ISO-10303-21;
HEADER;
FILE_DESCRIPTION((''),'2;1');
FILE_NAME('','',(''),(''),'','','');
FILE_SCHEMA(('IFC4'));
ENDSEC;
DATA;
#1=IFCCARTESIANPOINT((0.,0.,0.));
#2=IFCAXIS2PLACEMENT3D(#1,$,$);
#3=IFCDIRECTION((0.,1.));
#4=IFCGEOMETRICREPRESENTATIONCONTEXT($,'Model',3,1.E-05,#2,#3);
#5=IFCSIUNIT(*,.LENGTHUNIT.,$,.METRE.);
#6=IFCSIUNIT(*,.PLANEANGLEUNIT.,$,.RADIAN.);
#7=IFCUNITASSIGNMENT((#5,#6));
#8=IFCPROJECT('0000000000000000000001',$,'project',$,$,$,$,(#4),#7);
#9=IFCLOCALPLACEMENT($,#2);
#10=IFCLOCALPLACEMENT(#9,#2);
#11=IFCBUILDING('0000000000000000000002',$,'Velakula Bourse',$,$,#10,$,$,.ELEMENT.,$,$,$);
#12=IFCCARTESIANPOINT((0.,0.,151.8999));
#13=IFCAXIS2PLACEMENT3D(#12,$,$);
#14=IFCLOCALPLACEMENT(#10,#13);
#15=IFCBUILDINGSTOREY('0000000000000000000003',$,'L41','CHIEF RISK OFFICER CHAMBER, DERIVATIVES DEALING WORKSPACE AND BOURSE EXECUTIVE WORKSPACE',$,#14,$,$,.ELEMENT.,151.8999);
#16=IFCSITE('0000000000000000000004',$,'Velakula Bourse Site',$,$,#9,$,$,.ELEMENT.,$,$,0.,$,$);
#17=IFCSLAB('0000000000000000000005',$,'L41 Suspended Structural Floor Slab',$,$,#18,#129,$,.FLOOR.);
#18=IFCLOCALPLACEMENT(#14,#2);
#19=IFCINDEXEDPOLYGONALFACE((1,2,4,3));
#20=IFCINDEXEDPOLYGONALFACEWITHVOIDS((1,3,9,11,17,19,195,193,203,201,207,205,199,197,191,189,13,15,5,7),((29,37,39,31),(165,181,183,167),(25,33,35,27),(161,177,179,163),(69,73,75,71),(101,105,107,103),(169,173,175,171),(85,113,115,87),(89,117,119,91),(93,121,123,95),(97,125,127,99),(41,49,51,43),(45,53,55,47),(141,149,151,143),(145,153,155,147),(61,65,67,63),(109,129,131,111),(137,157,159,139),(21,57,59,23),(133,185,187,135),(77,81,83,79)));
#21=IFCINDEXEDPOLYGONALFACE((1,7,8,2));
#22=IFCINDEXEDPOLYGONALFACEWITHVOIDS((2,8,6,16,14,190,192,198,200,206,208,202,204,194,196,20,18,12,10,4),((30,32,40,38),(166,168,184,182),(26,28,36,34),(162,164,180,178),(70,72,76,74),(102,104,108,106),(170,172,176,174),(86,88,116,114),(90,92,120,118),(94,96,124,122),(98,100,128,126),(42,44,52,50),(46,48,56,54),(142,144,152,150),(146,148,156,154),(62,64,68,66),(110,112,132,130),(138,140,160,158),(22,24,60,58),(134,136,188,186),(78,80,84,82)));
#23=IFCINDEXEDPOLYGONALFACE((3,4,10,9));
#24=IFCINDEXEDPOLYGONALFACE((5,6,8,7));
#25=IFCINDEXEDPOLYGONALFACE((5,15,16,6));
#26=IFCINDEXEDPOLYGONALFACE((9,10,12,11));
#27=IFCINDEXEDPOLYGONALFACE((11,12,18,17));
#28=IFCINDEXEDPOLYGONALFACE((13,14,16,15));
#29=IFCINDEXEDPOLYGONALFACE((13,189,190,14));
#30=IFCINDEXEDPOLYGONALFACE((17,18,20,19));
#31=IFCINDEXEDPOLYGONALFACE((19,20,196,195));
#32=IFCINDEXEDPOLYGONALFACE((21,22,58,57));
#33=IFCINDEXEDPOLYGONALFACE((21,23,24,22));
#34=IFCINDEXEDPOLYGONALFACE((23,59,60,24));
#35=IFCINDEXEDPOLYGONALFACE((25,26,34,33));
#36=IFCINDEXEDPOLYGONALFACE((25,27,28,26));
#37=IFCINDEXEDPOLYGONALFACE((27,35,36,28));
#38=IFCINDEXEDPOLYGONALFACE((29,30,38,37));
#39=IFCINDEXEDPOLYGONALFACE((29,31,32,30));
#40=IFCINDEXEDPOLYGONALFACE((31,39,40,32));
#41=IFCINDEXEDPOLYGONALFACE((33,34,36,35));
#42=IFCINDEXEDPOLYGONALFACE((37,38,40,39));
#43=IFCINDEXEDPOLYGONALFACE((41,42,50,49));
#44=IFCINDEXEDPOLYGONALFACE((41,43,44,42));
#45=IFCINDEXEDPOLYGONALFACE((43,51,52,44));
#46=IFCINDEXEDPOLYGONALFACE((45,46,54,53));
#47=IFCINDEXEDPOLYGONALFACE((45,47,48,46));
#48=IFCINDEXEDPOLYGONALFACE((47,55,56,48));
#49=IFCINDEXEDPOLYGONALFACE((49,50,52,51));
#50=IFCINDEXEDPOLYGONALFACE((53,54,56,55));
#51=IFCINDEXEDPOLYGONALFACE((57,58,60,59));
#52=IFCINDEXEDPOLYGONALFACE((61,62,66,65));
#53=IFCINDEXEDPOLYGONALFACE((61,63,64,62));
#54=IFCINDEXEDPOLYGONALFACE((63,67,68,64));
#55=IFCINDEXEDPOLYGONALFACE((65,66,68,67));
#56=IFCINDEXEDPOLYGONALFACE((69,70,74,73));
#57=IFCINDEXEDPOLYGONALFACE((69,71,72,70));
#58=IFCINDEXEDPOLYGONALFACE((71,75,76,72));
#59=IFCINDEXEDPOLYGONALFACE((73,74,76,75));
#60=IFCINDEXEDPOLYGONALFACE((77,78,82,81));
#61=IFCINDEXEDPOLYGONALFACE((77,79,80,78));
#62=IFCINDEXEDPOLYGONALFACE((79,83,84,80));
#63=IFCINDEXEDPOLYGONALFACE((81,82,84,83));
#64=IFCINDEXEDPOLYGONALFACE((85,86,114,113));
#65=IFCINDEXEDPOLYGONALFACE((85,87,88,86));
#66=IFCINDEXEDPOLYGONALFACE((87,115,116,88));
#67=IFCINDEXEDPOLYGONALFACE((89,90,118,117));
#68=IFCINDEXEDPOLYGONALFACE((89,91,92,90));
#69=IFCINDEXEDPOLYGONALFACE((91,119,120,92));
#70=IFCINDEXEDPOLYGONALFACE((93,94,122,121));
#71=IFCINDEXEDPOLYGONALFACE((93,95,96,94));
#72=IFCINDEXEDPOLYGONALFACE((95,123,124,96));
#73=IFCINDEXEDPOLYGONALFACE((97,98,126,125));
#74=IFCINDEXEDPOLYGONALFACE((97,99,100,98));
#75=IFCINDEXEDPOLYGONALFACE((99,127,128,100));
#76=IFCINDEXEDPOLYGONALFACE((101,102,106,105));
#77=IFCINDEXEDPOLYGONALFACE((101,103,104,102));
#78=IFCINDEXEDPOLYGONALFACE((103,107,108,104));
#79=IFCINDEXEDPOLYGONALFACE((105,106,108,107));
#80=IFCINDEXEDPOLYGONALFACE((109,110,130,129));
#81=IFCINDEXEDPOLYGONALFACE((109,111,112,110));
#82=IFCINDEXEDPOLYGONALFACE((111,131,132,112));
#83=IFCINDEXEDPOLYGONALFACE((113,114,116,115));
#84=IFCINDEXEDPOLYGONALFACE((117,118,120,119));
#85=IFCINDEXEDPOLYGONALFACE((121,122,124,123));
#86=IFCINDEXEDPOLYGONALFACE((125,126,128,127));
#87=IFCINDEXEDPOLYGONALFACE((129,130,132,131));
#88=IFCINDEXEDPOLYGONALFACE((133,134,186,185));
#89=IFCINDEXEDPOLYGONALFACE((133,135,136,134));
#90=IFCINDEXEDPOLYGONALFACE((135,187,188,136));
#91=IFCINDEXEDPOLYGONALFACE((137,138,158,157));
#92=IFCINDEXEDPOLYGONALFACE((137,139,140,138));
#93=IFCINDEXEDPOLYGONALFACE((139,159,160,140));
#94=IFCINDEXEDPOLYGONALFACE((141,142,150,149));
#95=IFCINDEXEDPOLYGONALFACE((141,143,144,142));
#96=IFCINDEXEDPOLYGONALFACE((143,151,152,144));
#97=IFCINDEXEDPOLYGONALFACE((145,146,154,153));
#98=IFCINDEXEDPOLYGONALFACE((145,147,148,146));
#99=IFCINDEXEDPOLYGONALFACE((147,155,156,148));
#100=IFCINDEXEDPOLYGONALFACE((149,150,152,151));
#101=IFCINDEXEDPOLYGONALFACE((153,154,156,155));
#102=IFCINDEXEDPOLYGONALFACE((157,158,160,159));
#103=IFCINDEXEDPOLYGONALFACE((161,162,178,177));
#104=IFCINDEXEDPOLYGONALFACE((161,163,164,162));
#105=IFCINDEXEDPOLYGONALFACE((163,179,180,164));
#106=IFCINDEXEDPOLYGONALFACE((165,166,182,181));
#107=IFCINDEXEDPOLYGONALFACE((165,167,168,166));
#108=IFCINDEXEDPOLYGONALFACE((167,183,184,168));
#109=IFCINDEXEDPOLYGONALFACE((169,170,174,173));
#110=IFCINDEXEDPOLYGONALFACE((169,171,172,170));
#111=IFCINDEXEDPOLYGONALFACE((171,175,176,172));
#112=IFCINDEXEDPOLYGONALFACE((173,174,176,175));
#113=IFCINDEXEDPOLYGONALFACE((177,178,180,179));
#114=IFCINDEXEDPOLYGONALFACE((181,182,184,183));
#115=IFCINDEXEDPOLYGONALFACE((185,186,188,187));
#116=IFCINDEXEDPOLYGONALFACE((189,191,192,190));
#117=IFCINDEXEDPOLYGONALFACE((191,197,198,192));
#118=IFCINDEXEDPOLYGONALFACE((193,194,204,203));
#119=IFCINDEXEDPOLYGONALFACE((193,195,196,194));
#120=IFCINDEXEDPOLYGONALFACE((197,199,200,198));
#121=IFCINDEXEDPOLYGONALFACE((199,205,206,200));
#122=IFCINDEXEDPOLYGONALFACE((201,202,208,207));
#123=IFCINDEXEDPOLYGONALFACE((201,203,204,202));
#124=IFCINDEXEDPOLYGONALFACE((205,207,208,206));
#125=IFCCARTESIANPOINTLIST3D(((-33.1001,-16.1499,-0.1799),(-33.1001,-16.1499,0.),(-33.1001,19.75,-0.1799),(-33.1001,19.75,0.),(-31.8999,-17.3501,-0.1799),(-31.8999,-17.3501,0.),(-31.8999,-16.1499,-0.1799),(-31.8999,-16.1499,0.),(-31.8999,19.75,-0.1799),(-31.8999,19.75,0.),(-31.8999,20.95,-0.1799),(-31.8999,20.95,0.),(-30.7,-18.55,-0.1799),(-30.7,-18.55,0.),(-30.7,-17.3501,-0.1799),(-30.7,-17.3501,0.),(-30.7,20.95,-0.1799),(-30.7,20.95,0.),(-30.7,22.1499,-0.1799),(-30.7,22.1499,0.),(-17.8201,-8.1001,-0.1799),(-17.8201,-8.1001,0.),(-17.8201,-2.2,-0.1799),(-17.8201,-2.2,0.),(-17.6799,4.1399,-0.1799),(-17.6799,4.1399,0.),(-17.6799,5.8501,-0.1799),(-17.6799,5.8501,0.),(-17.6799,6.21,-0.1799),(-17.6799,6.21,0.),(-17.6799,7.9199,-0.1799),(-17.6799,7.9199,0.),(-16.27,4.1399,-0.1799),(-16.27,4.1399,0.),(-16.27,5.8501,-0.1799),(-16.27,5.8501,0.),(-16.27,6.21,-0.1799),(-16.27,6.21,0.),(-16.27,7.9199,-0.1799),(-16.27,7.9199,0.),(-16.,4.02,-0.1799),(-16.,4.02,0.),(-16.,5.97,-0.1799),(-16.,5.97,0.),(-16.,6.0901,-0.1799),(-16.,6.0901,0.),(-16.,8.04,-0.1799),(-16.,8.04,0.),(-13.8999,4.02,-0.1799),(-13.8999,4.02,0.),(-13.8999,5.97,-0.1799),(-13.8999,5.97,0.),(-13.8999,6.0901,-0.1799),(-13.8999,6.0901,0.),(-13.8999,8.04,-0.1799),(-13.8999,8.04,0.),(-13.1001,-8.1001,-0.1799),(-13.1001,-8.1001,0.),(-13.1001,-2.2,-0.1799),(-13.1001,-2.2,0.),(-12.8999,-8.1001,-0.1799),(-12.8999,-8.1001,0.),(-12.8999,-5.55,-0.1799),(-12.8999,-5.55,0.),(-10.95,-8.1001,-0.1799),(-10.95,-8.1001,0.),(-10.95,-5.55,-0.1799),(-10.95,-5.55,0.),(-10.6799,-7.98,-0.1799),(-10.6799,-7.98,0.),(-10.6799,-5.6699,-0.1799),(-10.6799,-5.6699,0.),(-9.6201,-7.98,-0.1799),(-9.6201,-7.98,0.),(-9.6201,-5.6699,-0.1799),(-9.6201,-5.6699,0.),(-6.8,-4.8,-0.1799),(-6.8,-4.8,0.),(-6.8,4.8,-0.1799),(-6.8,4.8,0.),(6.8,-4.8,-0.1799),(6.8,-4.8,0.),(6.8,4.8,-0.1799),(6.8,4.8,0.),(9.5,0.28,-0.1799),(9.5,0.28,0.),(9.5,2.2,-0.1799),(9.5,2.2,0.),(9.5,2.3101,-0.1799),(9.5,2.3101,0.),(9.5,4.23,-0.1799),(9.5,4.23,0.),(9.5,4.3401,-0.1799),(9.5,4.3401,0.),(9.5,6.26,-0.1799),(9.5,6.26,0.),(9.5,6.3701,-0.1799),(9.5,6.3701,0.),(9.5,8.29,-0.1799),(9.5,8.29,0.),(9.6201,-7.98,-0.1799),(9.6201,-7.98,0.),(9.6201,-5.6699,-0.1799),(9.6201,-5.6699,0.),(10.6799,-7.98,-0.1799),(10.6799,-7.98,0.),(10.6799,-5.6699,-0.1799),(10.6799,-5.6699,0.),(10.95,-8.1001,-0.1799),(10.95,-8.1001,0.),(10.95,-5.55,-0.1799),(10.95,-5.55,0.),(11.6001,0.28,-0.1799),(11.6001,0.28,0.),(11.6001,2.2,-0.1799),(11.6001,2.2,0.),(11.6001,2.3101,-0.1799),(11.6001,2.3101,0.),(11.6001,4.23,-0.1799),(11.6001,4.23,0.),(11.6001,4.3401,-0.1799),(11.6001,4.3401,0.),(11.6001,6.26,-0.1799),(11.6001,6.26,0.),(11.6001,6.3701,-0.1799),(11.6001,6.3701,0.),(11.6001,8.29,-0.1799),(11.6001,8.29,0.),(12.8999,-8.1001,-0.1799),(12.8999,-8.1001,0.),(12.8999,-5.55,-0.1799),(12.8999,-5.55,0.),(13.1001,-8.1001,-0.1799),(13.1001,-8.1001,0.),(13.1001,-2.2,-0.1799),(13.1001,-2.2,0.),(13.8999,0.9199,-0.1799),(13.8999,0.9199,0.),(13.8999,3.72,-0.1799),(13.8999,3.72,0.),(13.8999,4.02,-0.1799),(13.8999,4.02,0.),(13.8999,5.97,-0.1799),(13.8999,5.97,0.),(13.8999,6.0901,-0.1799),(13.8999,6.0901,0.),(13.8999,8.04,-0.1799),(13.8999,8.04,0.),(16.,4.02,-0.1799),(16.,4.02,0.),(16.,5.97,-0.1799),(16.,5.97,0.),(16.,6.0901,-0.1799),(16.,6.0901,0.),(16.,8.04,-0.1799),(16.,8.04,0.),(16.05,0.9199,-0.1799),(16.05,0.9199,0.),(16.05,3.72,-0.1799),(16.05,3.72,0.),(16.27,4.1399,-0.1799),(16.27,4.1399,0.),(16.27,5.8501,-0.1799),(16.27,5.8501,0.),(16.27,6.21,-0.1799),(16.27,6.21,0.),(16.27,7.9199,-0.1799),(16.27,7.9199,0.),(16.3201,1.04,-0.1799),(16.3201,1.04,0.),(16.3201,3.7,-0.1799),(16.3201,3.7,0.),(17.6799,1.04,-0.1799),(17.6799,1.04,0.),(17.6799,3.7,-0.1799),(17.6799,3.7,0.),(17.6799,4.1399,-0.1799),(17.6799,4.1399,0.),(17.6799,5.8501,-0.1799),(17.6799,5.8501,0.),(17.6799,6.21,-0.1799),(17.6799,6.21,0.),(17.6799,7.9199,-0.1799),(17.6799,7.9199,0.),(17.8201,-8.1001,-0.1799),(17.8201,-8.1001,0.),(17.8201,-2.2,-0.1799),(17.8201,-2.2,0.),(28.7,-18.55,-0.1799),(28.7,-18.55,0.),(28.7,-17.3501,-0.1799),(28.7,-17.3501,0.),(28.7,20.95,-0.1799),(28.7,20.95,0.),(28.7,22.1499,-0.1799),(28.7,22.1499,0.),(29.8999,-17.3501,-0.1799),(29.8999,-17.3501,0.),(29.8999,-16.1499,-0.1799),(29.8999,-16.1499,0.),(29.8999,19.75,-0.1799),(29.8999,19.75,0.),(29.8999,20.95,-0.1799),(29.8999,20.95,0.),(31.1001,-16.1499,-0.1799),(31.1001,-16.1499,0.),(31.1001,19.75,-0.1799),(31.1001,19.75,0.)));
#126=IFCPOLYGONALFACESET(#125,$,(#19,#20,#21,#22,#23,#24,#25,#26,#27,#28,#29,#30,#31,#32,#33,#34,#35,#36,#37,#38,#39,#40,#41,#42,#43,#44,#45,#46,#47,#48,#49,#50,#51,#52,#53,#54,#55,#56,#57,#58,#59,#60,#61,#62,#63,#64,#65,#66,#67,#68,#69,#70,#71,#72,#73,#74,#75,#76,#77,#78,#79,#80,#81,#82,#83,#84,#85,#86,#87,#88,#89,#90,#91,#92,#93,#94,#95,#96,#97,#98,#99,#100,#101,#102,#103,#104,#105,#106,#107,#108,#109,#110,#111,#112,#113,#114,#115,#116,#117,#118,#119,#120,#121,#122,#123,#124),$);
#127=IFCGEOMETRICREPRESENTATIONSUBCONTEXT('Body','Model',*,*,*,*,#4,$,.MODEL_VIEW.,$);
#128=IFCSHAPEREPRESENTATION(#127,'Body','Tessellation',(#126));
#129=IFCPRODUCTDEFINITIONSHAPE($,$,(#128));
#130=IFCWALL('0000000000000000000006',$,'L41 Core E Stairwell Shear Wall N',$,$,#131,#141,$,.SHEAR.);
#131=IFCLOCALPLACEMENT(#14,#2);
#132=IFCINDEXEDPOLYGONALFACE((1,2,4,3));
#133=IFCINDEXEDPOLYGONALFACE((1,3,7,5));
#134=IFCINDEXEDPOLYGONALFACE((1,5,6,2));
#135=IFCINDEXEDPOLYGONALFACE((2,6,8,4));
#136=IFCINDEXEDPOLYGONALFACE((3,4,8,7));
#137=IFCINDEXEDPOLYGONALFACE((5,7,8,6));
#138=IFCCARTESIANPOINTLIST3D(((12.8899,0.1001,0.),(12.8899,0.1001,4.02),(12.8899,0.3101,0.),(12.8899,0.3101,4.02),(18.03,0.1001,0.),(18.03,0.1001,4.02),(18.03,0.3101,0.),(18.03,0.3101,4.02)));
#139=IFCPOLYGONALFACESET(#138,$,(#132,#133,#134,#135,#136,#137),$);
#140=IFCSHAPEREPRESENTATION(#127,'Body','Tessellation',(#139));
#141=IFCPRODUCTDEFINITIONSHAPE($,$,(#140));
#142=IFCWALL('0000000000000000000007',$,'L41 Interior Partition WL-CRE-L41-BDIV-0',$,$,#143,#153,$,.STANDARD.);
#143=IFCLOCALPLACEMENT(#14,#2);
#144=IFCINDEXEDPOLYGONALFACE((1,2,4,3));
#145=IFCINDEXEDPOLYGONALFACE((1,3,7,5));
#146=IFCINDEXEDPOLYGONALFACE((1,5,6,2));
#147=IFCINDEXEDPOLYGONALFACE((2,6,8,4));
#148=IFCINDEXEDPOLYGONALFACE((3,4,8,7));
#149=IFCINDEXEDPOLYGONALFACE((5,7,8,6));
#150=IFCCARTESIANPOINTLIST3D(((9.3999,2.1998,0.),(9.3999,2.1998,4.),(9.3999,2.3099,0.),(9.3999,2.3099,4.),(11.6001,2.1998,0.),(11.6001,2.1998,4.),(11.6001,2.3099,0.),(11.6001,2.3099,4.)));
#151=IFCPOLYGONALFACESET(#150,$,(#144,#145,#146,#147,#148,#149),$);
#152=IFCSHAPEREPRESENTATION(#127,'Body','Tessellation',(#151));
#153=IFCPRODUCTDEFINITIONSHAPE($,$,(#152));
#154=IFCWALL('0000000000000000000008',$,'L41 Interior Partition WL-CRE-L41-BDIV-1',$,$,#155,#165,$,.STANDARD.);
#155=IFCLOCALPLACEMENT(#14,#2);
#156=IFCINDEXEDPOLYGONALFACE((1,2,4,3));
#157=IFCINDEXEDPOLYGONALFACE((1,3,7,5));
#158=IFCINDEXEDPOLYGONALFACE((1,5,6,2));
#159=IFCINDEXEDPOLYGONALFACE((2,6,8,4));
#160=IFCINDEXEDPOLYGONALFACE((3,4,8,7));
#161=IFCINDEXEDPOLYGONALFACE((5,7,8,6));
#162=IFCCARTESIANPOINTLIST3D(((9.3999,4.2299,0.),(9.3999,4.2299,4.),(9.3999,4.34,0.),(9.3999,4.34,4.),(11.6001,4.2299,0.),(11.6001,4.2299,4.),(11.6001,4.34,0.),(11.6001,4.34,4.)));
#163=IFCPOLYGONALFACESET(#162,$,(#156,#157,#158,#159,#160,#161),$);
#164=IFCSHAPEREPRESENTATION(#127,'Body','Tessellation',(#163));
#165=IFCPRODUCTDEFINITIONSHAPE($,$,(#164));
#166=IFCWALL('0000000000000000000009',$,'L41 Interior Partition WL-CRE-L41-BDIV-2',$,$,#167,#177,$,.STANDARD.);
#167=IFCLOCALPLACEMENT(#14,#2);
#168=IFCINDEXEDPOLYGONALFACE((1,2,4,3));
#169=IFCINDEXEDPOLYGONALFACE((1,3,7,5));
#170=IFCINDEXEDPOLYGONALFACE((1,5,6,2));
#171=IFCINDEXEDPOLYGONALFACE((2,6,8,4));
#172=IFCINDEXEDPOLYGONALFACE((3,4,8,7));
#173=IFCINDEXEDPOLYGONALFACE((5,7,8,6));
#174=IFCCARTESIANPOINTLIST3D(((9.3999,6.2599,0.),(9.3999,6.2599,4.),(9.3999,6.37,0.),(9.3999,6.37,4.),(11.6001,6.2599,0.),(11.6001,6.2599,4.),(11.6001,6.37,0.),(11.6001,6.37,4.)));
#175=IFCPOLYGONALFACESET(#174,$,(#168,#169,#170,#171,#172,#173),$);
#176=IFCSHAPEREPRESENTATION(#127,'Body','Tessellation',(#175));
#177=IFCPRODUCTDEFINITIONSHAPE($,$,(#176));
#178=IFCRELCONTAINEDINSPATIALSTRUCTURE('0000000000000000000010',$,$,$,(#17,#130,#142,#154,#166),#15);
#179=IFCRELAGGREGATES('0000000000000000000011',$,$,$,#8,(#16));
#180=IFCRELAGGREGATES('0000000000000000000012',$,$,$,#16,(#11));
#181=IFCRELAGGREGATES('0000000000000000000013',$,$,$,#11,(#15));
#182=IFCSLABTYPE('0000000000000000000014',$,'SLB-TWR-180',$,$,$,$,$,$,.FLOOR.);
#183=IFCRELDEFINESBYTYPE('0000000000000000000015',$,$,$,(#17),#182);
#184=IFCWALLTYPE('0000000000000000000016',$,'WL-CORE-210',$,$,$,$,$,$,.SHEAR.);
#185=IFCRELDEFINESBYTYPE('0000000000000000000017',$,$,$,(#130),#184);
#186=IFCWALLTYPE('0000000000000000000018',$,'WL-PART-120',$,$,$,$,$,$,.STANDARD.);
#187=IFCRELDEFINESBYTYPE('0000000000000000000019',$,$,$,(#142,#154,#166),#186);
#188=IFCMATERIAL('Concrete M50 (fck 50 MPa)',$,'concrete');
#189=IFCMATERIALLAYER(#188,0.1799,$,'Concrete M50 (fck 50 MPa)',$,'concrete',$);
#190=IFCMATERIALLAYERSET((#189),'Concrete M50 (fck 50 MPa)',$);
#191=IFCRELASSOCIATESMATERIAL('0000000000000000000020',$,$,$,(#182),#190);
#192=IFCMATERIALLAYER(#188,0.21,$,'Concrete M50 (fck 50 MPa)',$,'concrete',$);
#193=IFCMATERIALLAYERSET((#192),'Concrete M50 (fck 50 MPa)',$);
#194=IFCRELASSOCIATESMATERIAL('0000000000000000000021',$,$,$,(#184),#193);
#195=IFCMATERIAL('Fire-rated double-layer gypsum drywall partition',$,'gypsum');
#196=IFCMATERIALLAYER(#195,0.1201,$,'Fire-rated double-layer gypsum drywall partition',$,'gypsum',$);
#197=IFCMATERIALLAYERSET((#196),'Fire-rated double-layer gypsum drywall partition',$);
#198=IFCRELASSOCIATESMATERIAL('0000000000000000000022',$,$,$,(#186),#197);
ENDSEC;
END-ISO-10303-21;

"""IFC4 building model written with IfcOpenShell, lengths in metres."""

from ifc_helpers import new_model, si_unit, direction, frame, frame_2d, origin, place, context, subcontext, project, spatial, polyline, rectangle, outline, extrude, material, layer, layer_set, type_object, element, save


model = new_model("IFC4")

# Units and contexts
model_context = context("Model", 3, precision=1e-05, world=origin(), true_north=direction((0.0, 1.0)))
body_context = subcontext(model_context, "Body", "Model", "MODEL_VIEW")
ifc_project = project(units=[si_unit("LENGTHUNIT", "METRE"), si_unit("PLANEANGLEUNIT", "RADIAN")], contexts=[model_context])

# Site, building, storey
site_placement = place(None, origin())
site = spatial("IfcSite", under=ifc_project, at=site_placement, Name="Velakula Bourse Site", CompositionType="ELEMENT", RefElevation=0.0)
building_placement = place(site_placement, origin())
building = spatial("IfcBuilding", under=site, at=building_placement, Name="Velakula Bourse", CompositionType="ELEMENT")
storey_placement = place(building_placement, frame((0.0, 0.0, 151.8999)))
storey = spatial("IfcBuildingStorey", under=building, at=storey_placement, Name="L41", Description="CHIEF RISK OFFICER CHAMBER, DERIVATIVES DEALING WORKSPACE AND BOURSE EXECUTIVE WORKSPACE", CompositionType="ELEMENT", Elevation=151.8999)

# Slab
ifc_material_1 = material(Name="Concrete M50 (fck 50 MPa)", Category="concrete")
ifc_layer_1 = layer(ifc_material_1, 0.1799, Name="Concrete M50 (fck 50 MPa)", Category="concrete")
ifc_layer_set_1 = layer_set([ifc_layer_1], Name="Concrete M50 (fck 50 MPa)")
slab_type_1 = type_object("IfcSlabType", Name="SLB-TWR-180", PredefinedType="FLOOR", material=ifc_layer_set_1)
slab_1_placement = place(storey_placement, frame((0.0, 0.0, -0.1799)))
element("IfcSlab", 1, at=slab_1_placement, inside=storey, type_object=slab_type_1, Name="L41 Suspended Structural Floor Slab", PredefinedType="FLOOR", context=body_context, shape_type="SweptSolid", body=[
    extrude(outline(polyline([(-30.7, -18.55), (28.7, -18.55), (28.7, -17.3501), (29.8999, -17.3501), (29.8999, -16.1499), (31.1001, -16.1499), (31.1001, 19.75), (29.8999, 19.75), (29.8999, 20.95), (28.7, 20.95), (28.7, 22.1499), (-30.7, 22.1499), (-30.7, 20.95), (-31.8999, 20.95), (-31.8999, 19.75), (-33.1001, 19.75), (-33.1001, -16.1499), (-31.8999, -16.1499), (-31.8999, -17.3501), (-30.7, -17.3501), (-30.7, -18.55)]), holes=[polyline([(-17.8201, -8.1001), (-13.1001, -8.1001), (-13.1001, -2.2), (-17.8201, -2.2), (-17.8201, -8.1001)]), polyline([(13.1001, -8.1001), (17.8201, -8.1001), (17.8201, -2.2), (13.1001, -2.2), (13.1001, -8.1001)]), polyline([(-12.8999, -8.1001), (-10.95, -8.1001), (-10.95, -5.55), (-12.8999, -5.55), (-12.8999, -8.1001)]), polyline([(10.95, -8.1001), (12.8999, -8.1001), (12.8999, -5.55), (10.95, -5.55), (10.95, -8.1001)]), polyline([(13.8999, 0.9199), (16.05, 0.9199), (16.05, 3.72), (13.8999, 3.72), (13.8999, 0.9199)]), polyline([(-10.6799, -7.98), (-9.6201, -7.98), (-9.6201, -5.6699), (-10.6799, -5.6699), (-10.6799, -7.98)]), polyline([(-17.6799, 4.1399), (-16.27, 4.1399), (-16.27, 5.8501), (-17.6799, 5.8501), (-17.6799, 4.1399)]), polyline([(-17.6799, 6.21), (-16.27, 6.21), (-16.27, 7.9199), (-17.6799, 7.9199), (-17.6799, 6.21)]), polyline([(9.6201, -7.98), (10.6799, -7.98), (10.6799, -5.6699), (9.6201, -5.6699), (9.6201, -7.98)]), polyline([(16.27, 4.1399), (17.6799, 4.1399), (17.6799, 5.8501), (16.27, 5.8501), (16.27, 4.1399)]), polyline([(16.27, 6.21), (17.6799, 6.21), (17.6799, 7.9199), (16.27, 7.9199), (16.27, 6.21)]), polyline([(16.3201, 1.04), (17.6799, 1.04), (17.6799, 3.7), (16.3201, 3.7), (16.3201, 1.04)]), polyline([(9.5, 0.28), (11.6001, 0.28), (11.6001, 2.2), (9.5, 2.2), (9.5, 0.28)]), polyline([(9.5, 2.3101), (11.6001, 2.3101), (11.6001, 4.23), (9.5, 4.23), (9.5, 2.3101)]), polyline([(9.5, 4.3401), (11.6001, 4.3401), (11.6001, 6.26), (9.5, 6.26), (9.5, 4.3401)]), polyline([(9.5, 6.3701), (11.6001, 6.3701), (11.6001, 8.29), (9.5, 8.29), (9.5, 6.3701)]), polyline([(-16.0, 4.02), (-13.8999, 4.02), (-13.8999, 5.97), (-16.0, 5.97), (-16.0, 4.02)]), polyline([(-16.0, 6.0901), (-13.8999, 6.0901), (-13.8999, 8.04), (-16.0, 8.04), (-16.0, 6.0901)]), polyline([(13.8999, 4.02), (16.0, 4.02), (16.0, 5.97), (13.8999, 5.97), (13.8999, 4.02)]), polyline([(13.8999, 6.0901), (16.0, 6.0901), (16.0, 8.04), (13.8999, 8.04), (13.8999, 6.0901)]), polyline([(-6.8, -4.8), (6.8, -4.8), (6.8, 4.8), (-6.8, 4.8), (-6.8, -4.8)])]), origin(), (0.0, 0.0, 1.0), 0.1799),
])

# Walls
ifc_layer_2 = layer(ifc_material_1, 0.21, Name="Concrete M50 (fck 50 MPa)", Category="concrete")
ifc_layer_set_2 = layer_set([ifc_layer_2], Name="Concrete M50 (fck 50 MPa)")
wall_type_1 = type_object("IfcWallType", Name="WL-CORE-210", PredefinedType="SHEAR", material=ifc_layer_set_2)
wall_1_placement = place(storey_placement, frame((18.03, 0.2051, 0.0), z_axis=(0.0, 0.0, 1.0), x_axis=(-1.0, 0.0, 0.0)))
element("IfcWall", 2, at=wall_1_placement, inside=storey, type_object=wall_type_1, Name="L41 Core E Stairwell Shear Wall N", PredefinedType="SHEAR", context=body_context, shape_type="SweptSolid", body=[
    extrude(rectangle(XDim=5.1401, YDim=0.21, at=frame_2d((2.5701, 0.0))), origin(), (0.0, 0.0, 1.0), 4.02),
])
ifc_material_2 = material(Name="Fire-rated double-layer gypsum drywall partition", Category="gypsum")
ifc_layer_3 = layer(ifc_material_2, 0.1201, Name="Fire-rated double-layer gypsum drywall partition", Category="gypsum")
ifc_layer_set_3 = layer_set([ifc_layer_3], Name="Fire-rated double-layer gypsum drywall partition")
wall_type_2 = type_object("IfcWallType", Name="WL-PART-120", PredefinedType="STANDARD", material=ifc_layer_set_3)
for number, where, z_axis, x_axis, name in (
    (3, (9.3999, 2.2549, 0.0), (0.0, 0.0, 1.0), (1.0, 0.0, 0.0), "L41 Interior Partition WL-CRE-L41-BDIV-0"),
    (4, (9.3999, 4.2849, 0.0), (0.0, 0.0, 1.0), (1.0, 0.0, 0.0), "L41 Interior Partition WL-CRE-L41-BDIV-1"),
    (5, (9.3999, 6.3149, 0.0), (0.0, 0.0, 1.0), (1.0, 0.0, 0.0), "L41 Interior Partition WL-CRE-L41-BDIV-2"),
):
    element("IfcWall", number, at=place(storey_placement, frame(where, z_axis=z_axis, x_axis=x_axis)), inside=storey, type_object=wall_type_2, Name=name, PredefinedType="STANDARD", context=body_context, shape_type="SweptSolid", body=[
        extrude(rectangle(XDim=2.2002, YDim=0.1101, at=frame_2d((1.1001, 0.0))), origin(), (0.0, 0.0, 1.0), 4.0),
    ])

save(model, "model.ifc")
